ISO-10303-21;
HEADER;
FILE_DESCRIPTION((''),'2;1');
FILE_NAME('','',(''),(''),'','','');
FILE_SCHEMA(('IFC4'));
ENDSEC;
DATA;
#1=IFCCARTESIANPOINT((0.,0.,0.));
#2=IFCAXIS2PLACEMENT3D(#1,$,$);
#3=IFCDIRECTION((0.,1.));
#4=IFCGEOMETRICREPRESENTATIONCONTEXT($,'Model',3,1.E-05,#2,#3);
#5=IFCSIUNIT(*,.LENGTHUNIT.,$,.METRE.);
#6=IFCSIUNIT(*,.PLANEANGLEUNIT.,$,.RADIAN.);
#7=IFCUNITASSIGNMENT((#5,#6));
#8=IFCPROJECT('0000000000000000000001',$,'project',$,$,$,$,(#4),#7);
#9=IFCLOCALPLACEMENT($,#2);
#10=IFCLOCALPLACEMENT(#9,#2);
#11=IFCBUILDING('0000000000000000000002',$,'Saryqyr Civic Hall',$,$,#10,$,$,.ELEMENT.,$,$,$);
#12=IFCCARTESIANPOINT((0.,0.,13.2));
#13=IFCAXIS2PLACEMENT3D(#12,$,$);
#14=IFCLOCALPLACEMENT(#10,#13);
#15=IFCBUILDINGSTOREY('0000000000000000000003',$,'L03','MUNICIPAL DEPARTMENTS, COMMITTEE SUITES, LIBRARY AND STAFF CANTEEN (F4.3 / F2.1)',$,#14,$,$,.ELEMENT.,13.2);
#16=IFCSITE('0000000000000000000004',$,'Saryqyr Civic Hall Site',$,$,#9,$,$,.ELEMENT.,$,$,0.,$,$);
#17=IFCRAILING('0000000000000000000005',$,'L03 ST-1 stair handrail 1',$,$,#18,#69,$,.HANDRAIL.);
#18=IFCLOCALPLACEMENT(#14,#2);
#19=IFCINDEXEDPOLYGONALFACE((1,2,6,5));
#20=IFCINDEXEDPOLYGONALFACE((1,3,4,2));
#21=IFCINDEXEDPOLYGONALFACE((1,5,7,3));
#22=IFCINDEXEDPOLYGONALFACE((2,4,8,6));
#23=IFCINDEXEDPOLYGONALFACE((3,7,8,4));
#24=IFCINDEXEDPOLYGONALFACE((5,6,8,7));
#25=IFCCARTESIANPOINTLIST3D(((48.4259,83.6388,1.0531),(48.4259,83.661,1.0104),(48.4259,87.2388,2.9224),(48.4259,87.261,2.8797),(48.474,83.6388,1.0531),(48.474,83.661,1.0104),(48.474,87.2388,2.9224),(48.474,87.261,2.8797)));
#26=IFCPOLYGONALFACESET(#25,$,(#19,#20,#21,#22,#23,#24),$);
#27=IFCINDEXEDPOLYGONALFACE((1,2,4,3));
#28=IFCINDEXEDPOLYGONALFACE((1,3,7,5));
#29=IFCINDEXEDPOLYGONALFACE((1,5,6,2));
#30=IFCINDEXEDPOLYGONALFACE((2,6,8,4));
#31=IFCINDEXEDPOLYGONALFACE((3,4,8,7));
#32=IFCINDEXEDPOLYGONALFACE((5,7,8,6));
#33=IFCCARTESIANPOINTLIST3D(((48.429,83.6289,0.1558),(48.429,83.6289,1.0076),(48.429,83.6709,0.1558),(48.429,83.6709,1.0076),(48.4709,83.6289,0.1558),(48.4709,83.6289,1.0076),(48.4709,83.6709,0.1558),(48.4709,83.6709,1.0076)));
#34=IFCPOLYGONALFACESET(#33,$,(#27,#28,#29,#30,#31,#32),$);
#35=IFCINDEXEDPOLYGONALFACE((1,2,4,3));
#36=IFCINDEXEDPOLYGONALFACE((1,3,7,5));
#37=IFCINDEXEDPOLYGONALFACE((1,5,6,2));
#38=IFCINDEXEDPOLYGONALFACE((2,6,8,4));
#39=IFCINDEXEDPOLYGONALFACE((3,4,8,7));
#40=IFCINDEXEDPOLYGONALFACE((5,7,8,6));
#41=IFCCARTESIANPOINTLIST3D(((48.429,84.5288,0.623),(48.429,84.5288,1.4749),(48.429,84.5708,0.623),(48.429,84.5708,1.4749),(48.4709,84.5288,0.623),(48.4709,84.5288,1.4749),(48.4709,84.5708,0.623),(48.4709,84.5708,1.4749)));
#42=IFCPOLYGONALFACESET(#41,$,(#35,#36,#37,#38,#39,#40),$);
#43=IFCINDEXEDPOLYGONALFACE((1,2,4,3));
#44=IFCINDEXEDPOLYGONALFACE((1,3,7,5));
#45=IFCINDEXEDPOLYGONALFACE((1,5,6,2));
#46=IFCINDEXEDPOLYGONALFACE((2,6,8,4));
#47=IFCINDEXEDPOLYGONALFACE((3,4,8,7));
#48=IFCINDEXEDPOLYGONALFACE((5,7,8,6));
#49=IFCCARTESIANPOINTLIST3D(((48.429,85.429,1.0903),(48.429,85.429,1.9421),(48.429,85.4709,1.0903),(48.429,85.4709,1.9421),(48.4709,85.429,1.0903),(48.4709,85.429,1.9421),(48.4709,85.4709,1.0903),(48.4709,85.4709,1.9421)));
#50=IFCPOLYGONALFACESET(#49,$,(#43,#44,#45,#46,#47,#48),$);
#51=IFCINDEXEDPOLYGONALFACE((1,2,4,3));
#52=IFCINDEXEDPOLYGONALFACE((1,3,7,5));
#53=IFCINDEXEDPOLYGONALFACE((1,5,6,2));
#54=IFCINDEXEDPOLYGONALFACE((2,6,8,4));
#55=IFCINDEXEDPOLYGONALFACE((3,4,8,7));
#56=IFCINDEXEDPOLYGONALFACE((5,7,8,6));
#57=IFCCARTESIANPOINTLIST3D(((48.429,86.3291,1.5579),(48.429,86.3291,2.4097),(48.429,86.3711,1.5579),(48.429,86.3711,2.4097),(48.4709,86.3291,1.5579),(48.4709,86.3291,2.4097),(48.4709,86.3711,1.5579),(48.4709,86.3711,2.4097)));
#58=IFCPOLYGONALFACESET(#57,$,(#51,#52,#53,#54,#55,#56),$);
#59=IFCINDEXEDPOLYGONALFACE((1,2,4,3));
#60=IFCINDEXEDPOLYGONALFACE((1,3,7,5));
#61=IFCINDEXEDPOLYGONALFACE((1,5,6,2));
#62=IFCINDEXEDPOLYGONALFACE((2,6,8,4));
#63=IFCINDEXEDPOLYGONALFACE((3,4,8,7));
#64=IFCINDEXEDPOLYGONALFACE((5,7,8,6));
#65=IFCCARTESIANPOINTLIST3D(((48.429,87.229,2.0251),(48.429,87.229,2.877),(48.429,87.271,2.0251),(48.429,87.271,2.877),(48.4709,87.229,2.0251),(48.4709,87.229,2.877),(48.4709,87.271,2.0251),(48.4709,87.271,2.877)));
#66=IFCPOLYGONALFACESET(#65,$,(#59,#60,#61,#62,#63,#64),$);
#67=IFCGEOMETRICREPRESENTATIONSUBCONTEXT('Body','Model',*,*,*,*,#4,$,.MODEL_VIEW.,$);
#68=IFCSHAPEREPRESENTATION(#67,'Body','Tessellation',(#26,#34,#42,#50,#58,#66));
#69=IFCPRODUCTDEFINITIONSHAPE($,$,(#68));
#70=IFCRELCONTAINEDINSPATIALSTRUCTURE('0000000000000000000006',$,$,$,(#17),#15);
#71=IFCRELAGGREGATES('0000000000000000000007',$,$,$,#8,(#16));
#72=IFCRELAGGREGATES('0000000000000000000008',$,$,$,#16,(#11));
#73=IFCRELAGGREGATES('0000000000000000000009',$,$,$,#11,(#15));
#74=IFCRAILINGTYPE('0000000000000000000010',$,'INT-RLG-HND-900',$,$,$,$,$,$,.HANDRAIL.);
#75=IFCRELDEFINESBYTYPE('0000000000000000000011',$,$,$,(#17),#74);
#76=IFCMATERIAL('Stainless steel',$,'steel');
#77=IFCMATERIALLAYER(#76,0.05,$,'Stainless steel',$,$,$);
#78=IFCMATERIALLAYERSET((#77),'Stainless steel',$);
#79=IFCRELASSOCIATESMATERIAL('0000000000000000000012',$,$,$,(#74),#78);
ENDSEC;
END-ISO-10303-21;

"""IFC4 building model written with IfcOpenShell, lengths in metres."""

from ifc_helpers import new_model, si_unit, direction, frame, origin, origin_2d, place, context, subcontext, project, spatial, rectangle, extrude, material, layer, layer_set, type_object, element, save


model = new_model("IFC4")

# Units and contexts
model_context = context("Model", 3, precision=1e-05, world=origin(), true_north=direction((0.0, 1.0)))
body_context = subcontext(model_context, "Body", "Model", "MODEL_VIEW")
ifc_project = project(units=[si_unit("LENGTHUNIT", "METRE"), si_unit("PLANEANGLEUNIT", "RADIAN")], contexts=[model_context])

# Site, building, storey
site_placement = place(None, origin())
site = spatial("IfcSite", under=ifc_project, at=site_placement, Name="Saryqyr Civic Hall Site", CompositionType="ELEMENT", RefElevation=0.0)
building_placement = place(site_placement, origin())
building = spatial("IfcBuilding", under=site, at=building_placement, Name="Saryqyr Civic Hall", CompositionType="ELEMENT")
storey_placement = place(building_placement, frame((0.0, 0.0, 13.2)))
storey = spatial("IfcBuildingStorey", under=building, at=storey_placement, Name="L03", Description="MUNICIPAL DEPARTMENTS, COMMITTEE SUITES, LIBRARY AND STAFF CANTEEN (F4.3 / F2.1)", CompositionType="ELEMENT", Elevation=13.2)

# Railing
ifc_material_1 = material(Name="Stainless steel", Category="steel")
ifc_layer_1 = layer(ifc_material_1, 0.05, Name="Stainless steel")
ifc_layer_set_1 = layer_set([ifc_layer_1], Name="Stainless steel")
railing_type_1 = type_object("IfcRailingType", Name="INT-RLG-HND-900", PredefinedType="HANDRAIL", material=ifc_layer_set_1)
railing_1_placement = place(storey_placement, frame((48.45, 83.6499, 0.1558)))
element("IfcRailing", 1, at=railing_1_placement, inside=storey, type_object=railing_type_1, Name="L03 ST-1 stair handrail 1", PredefinedType="HANDRAIL", context=body_context, shape_type="SweptSolid", body=[
    extrude(rectangle(XDim=0.0481, YDim=0.0481, at=origin_2d()), frame((0.0, 0.0, 0.876), z_axis=(0.0, 0.887486, 0.460835), x_axis=(-1.0, 0.0, 0.0)), (0.0, 0.0, 1.0), 4.0564),
    extrude(rectangle(XDim=0.042, YDim=0.042, at=origin_2d()), origin(), (0.0, 0.0, 1.0), 0.8518),
    extrude(rectangle(XDim=0.042, YDim=0.042, at=origin_2d()), frame((0.0, 0.8999, 0.4673)), (0.0, 0.0, 1.0), 0.8518),
    extrude(rectangle(XDim=0.042, YDim=0.042, at=origin_2d()), frame((0.0, 1.8, 0.9346)), (0.0, 0.0, 1.0), 0.8518),
    extrude(rectangle(XDim=0.042, YDim=0.042, at=origin_2d()), frame((0.0, 2.7002, 1.4021)), (0.0, 0.0, 1.0), 0.8518),
    extrude(rectangle(XDim=0.042, YDim=0.042, at=origin_2d()), frame((0.0, 3.6001, 1.8694)), (0.0, 0.0, 1.0), 0.8518),
])

save(model, "model.ifc")
